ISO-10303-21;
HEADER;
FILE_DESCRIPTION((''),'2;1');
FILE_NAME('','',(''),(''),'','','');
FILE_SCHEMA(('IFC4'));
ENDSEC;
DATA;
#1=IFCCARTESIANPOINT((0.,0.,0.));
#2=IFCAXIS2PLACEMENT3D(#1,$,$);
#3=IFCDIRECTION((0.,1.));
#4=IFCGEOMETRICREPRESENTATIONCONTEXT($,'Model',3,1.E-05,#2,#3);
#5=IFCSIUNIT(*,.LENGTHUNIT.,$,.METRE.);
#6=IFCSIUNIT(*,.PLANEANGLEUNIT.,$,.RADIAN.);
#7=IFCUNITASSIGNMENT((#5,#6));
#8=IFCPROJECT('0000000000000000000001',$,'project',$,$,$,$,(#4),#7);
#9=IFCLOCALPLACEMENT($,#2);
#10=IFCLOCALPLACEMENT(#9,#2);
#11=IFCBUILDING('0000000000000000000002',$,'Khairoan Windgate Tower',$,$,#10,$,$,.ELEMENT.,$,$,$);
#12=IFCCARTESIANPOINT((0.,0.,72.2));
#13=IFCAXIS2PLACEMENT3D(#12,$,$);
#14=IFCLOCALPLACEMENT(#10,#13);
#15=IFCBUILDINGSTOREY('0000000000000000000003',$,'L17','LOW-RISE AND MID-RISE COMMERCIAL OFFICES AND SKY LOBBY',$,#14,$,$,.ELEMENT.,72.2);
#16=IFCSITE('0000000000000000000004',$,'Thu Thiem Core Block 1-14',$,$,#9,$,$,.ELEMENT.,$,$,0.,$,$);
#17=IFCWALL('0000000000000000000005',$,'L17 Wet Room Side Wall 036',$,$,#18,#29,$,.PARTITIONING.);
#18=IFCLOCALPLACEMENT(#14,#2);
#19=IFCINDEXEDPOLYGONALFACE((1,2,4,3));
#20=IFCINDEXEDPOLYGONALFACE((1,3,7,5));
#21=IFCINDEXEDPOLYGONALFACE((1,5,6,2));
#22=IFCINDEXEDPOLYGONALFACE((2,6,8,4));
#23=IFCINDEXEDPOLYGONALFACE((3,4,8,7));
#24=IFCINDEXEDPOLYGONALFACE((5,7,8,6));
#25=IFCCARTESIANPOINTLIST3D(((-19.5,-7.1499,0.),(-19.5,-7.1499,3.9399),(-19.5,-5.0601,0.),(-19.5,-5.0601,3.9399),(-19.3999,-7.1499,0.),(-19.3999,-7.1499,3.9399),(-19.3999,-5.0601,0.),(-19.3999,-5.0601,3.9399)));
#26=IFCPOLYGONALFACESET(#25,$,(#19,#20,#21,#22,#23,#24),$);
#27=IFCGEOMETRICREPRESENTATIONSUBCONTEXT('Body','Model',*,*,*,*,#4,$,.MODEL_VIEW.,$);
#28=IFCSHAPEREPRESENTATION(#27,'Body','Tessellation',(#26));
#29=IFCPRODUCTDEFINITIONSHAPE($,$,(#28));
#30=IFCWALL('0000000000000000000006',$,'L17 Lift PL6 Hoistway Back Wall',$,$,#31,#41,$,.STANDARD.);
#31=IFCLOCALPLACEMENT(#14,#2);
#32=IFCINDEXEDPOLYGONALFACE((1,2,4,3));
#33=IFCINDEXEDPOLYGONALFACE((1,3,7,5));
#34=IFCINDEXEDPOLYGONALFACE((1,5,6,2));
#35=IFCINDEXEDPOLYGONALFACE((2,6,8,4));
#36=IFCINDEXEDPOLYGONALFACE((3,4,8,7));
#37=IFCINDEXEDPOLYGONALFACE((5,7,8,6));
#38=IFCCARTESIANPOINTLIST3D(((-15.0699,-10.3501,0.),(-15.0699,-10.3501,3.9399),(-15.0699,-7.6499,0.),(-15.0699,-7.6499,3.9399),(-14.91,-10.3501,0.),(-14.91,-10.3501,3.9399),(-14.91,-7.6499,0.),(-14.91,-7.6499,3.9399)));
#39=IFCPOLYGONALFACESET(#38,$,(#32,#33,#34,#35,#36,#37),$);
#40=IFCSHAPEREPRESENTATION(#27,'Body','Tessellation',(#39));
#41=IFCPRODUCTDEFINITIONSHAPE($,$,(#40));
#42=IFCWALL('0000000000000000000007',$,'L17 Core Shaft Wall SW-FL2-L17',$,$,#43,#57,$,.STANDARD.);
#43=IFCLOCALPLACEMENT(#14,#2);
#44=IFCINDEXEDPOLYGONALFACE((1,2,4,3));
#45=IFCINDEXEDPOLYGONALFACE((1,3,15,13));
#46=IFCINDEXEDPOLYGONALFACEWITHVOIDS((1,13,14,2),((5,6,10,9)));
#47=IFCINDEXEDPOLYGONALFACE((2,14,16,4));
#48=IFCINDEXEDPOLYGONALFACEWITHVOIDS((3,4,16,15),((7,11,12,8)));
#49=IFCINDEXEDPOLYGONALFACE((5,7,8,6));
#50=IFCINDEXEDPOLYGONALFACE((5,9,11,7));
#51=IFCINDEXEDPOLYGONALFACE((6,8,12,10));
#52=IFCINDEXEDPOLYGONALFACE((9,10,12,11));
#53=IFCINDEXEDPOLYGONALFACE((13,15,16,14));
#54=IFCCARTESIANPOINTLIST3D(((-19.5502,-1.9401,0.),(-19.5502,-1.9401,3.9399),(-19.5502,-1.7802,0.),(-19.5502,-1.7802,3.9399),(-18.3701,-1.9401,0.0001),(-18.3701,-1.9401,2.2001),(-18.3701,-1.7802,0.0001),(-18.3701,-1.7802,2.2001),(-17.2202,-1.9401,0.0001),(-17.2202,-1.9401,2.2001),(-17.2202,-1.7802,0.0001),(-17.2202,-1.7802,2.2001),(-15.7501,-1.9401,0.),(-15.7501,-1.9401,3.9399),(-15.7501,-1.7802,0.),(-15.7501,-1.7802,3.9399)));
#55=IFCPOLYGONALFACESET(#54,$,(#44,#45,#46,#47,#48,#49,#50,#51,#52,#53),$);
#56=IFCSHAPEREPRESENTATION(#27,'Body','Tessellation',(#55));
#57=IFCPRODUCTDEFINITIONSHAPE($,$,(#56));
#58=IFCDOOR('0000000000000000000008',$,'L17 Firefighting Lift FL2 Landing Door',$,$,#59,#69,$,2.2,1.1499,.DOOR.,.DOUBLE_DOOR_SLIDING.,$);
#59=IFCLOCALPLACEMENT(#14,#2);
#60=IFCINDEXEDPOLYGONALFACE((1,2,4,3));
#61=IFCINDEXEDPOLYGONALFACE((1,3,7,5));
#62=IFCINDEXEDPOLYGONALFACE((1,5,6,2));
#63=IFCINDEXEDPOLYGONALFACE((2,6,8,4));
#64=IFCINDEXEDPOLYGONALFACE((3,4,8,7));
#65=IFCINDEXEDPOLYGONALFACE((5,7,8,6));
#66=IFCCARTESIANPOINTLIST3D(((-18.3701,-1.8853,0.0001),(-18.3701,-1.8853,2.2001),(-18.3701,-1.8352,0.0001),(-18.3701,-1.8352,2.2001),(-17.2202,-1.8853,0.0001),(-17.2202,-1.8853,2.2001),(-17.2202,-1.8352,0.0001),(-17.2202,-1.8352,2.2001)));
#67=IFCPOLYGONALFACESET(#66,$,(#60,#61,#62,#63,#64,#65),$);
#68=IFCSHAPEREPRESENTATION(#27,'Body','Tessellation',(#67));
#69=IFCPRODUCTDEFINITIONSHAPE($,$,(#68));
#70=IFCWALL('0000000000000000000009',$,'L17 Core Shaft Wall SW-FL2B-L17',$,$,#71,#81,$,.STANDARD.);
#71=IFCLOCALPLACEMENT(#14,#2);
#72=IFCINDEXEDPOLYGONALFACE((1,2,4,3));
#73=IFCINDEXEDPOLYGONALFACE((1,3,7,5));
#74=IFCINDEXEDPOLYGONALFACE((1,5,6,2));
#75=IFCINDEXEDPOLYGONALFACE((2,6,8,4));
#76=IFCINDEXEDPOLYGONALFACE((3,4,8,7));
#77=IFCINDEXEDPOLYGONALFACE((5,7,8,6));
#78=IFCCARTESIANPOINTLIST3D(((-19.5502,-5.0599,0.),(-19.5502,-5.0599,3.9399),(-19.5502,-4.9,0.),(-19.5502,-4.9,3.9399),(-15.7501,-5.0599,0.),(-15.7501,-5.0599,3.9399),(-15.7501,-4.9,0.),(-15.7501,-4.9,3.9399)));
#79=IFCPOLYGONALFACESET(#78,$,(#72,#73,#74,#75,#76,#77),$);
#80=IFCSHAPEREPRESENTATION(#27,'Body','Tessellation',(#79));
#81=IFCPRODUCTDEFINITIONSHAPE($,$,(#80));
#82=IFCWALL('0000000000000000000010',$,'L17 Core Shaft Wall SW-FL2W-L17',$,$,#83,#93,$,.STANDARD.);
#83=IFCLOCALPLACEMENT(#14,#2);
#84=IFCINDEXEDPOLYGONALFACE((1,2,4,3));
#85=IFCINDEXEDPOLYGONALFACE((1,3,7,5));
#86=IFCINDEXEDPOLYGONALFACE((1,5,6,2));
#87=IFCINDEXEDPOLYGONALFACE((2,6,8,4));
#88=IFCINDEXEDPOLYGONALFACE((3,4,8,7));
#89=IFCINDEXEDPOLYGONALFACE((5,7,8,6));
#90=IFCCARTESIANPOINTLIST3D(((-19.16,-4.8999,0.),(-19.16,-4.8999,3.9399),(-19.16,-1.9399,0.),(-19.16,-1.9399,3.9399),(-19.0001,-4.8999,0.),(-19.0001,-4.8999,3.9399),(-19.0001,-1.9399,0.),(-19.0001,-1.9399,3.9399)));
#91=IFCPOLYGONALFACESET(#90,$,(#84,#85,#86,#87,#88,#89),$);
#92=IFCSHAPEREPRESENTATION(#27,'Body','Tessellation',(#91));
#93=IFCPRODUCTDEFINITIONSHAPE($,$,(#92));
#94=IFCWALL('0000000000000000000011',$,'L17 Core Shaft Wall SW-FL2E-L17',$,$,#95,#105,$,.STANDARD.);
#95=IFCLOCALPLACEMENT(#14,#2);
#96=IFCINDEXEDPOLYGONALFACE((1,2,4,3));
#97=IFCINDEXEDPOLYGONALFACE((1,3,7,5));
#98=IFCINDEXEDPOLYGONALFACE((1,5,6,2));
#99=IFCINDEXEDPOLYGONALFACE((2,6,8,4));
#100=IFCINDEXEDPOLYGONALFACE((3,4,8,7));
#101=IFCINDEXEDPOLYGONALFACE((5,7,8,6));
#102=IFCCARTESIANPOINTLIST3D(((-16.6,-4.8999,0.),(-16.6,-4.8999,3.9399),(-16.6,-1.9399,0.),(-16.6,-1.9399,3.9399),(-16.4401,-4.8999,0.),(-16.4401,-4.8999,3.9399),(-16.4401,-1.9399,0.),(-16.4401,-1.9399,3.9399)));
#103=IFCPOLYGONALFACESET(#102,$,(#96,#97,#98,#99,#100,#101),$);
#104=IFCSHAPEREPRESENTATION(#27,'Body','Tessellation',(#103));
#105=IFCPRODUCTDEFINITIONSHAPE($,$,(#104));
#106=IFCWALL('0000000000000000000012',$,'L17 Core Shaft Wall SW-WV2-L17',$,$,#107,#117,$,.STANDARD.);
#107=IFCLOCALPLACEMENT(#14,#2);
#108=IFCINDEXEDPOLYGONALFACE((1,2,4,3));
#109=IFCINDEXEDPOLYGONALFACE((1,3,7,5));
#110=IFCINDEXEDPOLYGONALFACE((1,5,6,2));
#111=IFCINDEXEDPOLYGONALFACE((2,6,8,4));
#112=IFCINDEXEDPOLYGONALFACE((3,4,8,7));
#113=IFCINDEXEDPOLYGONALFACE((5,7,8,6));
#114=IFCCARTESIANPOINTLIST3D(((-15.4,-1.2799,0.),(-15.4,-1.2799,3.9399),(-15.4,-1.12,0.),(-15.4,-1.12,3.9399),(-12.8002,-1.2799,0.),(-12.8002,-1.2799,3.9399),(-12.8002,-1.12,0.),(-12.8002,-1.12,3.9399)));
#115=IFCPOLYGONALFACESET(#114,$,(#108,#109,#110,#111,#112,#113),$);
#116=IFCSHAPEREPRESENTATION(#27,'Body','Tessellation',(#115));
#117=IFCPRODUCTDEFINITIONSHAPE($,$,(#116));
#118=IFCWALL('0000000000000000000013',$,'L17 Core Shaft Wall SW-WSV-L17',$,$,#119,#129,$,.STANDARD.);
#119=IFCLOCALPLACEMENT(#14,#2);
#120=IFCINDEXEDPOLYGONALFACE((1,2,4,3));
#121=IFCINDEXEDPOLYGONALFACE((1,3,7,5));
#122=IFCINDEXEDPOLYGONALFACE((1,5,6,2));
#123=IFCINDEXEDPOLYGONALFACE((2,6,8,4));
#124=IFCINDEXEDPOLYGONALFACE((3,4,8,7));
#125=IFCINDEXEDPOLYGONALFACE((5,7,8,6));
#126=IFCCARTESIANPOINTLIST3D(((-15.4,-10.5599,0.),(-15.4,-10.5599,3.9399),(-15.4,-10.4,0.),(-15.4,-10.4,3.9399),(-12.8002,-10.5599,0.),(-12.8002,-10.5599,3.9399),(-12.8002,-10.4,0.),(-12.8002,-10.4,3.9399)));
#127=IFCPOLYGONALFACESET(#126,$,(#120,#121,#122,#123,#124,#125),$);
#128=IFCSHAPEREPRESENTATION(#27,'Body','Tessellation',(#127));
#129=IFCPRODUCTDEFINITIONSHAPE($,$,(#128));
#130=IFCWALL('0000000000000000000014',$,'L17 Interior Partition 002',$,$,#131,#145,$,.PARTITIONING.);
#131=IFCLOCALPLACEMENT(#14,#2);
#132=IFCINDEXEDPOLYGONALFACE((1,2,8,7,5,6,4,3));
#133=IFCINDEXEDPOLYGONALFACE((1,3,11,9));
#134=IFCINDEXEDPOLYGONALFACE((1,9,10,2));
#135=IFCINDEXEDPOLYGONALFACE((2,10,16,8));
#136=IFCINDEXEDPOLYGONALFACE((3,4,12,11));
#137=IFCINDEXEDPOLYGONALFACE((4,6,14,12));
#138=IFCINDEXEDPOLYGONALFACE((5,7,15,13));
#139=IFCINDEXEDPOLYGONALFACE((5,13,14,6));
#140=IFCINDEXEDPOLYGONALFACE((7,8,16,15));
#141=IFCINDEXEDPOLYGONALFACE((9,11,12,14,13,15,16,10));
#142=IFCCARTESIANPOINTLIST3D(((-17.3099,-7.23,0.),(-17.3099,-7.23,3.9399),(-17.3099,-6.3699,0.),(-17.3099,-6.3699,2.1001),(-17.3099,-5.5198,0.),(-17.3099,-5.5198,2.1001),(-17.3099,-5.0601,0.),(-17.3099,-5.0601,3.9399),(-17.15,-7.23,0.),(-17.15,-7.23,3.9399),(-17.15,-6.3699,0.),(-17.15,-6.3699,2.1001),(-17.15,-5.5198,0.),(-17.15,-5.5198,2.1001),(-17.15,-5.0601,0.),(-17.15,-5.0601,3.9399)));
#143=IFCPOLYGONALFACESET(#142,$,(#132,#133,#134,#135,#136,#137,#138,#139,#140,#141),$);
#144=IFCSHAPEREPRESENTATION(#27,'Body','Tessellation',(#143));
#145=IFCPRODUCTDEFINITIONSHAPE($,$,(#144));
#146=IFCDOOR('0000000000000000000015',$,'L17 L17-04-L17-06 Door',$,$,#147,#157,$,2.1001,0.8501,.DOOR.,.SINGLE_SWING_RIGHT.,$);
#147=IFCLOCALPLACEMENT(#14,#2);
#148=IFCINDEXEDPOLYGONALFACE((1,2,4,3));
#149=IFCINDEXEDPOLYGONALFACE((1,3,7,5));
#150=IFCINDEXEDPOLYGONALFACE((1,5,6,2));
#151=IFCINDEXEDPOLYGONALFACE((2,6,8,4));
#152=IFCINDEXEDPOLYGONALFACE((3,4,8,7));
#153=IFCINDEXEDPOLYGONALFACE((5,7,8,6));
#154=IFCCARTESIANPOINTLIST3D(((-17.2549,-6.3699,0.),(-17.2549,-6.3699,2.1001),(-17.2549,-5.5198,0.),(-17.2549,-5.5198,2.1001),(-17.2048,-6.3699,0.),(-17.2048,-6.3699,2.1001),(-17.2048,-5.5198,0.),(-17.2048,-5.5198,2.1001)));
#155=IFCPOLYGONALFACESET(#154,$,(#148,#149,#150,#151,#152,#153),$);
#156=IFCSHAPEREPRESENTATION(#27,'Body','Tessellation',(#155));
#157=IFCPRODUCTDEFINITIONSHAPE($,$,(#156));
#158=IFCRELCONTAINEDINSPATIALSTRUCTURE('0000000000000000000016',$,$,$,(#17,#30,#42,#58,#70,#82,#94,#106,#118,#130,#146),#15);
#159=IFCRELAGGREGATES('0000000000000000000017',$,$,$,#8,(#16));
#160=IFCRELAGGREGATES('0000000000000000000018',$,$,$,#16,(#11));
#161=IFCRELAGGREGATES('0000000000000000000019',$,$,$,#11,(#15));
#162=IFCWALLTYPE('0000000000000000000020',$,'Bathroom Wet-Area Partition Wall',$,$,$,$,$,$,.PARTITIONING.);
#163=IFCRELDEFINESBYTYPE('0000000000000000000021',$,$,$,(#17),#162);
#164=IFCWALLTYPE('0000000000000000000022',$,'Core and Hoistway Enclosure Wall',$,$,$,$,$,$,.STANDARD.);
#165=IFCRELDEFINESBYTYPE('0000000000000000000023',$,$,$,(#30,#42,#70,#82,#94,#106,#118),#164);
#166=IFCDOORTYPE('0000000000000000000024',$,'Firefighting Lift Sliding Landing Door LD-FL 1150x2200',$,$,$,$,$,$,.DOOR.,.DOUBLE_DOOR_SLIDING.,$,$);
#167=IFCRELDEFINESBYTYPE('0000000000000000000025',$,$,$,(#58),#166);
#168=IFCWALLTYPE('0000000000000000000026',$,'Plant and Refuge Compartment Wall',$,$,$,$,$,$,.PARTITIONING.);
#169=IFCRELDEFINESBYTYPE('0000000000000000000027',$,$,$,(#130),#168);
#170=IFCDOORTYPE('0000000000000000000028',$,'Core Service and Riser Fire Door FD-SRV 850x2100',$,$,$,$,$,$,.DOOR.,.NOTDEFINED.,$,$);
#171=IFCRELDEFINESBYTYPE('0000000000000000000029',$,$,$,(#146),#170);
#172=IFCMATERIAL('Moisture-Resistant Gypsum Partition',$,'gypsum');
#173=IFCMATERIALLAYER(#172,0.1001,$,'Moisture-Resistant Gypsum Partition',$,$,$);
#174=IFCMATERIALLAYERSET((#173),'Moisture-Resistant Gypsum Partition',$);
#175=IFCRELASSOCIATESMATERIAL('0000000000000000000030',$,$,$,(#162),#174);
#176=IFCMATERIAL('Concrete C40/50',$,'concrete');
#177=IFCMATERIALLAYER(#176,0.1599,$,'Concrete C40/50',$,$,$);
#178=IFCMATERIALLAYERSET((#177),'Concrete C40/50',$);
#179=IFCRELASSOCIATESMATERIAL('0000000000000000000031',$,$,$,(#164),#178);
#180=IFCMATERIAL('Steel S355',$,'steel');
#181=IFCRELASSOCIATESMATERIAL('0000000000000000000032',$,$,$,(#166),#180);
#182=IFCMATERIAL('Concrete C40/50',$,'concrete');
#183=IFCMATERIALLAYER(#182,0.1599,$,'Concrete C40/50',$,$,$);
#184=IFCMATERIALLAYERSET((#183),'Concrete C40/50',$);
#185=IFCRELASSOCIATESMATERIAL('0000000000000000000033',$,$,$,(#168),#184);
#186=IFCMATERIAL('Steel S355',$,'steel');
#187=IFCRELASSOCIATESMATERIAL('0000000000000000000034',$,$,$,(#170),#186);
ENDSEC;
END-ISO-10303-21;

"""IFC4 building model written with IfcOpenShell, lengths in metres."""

from ifc_helpers import new_model, si_unit, direction, frame, frame_2d, origin, place, context, subcontext, project, spatial, rectangle, extrude, material, layer, layer_set, type_object, element, fill, save


model = new_model("IFC4")

# Units and contexts
model_context = context("Model", 3, precision=1e-05, world=origin(), true_north=direction((0.0, 1.0)))
body_context = subcontext(model_context, "Body", "Model", "MODEL_VIEW")
ifc_project = project(units=[si_unit("LENGTHUNIT", "METRE"), si_unit("PLANEANGLEUNIT", "RADIAN")], contexts=[model_context])

# Site, building, storey
site_placement = place(None, origin())
site = spatial("IfcSite", under=ifc_project, at=site_placement, Name="Thu Thiem Core Block 1-14", CompositionType="ELEMENT", RefElevation=0.0)
building_placement = place(site_placement, origin())
building = spatial("IfcBuilding", under=site, at=building_placement, Name="Khairoan Windgate Tower", CompositionType="ELEMENT")
storey_placement = place(building_placement, frame((0.0, 0.0, 72.2)))
storey = spatial("IfcBuildingStorey", under=building, at=storey_placement, Name="L17", Description="LOW-RISE AND MID-RISE COMMERCIAL OFFICES AND SKY LOBBY", CompositionType="ELEMENT", Elevation=72.2)

# Walls
ifc_material_1 = material(Name="Moisture-Resistant Gypsum Partition", Category="gypsum")
ifc_layer_1 = layer(ifc_material_1, 0.1001, Name="Moisture-Resistant Gypsum Partition")
ifc_layer_set_1 = layer_set([ifc_layer_1], Name="Moisture-Resistant Gypsum Partition")
wall_type_1 = type_object("IfcWallType", Name="Bathroom Wet-Area Partition Wall", PredefinedType="PARTITIONING", material=ifc_layer_set_1)
wall_1_placement = place(storey_placement, frame((-19.45, -7.1499, 0.0), z_axis=(0.0, 0.0, 1.0), x_axis=(0.0, 1.0, 0.0)))
element("IfcWall", 1, at=wall_1_placement, inside=storey, type_object=wall_type_1, Name="L17 Wet Room Side Wall 036", PredefinedType="PARTITIONING", context=body_context, shape_type="SweptSolid", body=[
    extrude(rectangle(XDim=2.0898, YDim=0.1001, at=frame_2d((1.0449, 0.0))), origin(), (0.0, 0.0, 1.0), 3.9399),
])
ifc_material_2 = material(Name="Concrete C40/50", Category="concrete")
ifc_layer_2 = layer(ifc_material_2, 0.1599, Name="Concrete C40/50")
ifc_layer_set_2 = layer_set([ifc_layer_2], Name="Concrete C40/50")
wall_type_2 = type_object("IfcWallType", Name="Core and Hoistway Enclosure Wall", PredefinedType="STANDARD", material=ifc_layer_set_2)
wall_2_placement = place(storey_placement, frame((-14.99, -10.3501, 0.0), z_axis=(0.0, 0.0, 1.0), x_axis=(0.0, 1.0, 0.0)))
element("IfcWall", 2, at=wall_2_placement, inside=storey, type_object=wall_type_2, Name="L17 Lift PL6 Hoistway Back Wall", PredefinedType="STANDARD", context=body_context, shape_type="SweptSolid", body=[
    extrude(rectangle(XDim=2.7002, YDim=0.1599, at=frame_2d((1.3501, 0.0))), origin(), (0.0, 0.0, 1.0), 3.9399),
])

# Wall, opening, door
wall_3_placement = place(storey_placement, frame((-19.55, -1.8601, 0.0), z_axis=(0.0, 0.0, 1.0), x_axis=(1.0, 0.0, 0.0)))
wall_3 = element("IfcWall", 3, at=wall_3_placement, inside=storey, type_object=wall_type_2, Name="L17 Core Shaft Wall SW-FL2-L17", PredefinedType="STANDARD", context=body_context, shape_type="SweptSolid", body=[
    extrude(rectangle(XDim=3.8, YDim=0.1599, at=frame_2d((1.8999, 0.0))), origin(), (0.0, 0.0, 1.0), 3.9399),
])
opening_1_placement = place(wall_3_placement, frame((1.1799, 0.0, 0.0)))
opening_1 = element("IfcOpeningElement", 4, at=opening_1_placement, cuts=wall_3, PredefinedType="OPENING", context=body_context, shape_type="SweptSolid", body=[
    extrude(rectangle(XDim=1.1499, YDim=2.2, at=frame_2d((0.575, 1.1001))), frame((0.0, 0.0898, 0.0), z_axis=(0.0, -1.0, 0.0), x_axis=(1.0, 0.0, 0.0)), (0.0, 0.0, 1.0), 0.1799),
])
ifc_material_3 = material(Name="Steel S355", Category="steel")
door_type_1 = type_object("IfcDoorType", Name="Firefighting Lift Sliding Landing Door LD-FL 1150x2200", OperationType="DOUBLE_DOOR_SLIDING", PredefinedType="DOOR", material=ifc_material_3)
door_1_placement = place(opening_1_placement, origin())
door_1 = element("IfcDoor", 5, at=door_1_placement, inside=storey, type_object=door_type_1, Name="L17 Firefighting Lift FL2 Landing Door", OperationType="DOUBLE_DOOR_SLIDING", OverallHeight=2.2, OverallWidth=1.1499, PredefinedType="DOOR", context=body_context, shape_type="SweptSolid", body=[
    extrude(rectangle(XDim=1.1499, YDim=2.2, at=frame_2d((0.575, 1.1001))), frame((0.0, 0.0249, 0.0), z_axis=(0.0, -1.0, 0.0), x_axis=(1.0, 0.0, 0.0)), (0.0, 0.0, 1.0), 0.05),
])
fill(opening_1, door_1)

# Walls
wall_4_placement = place(storey_placement, frame((-19.55, -4.98, 0.0), z_axis=(0.0, 0.0, 1.0), x_axis=(1.0, 0.0, 0.0)))
element("IfcWall", 6, at=wall_4_placement, inside=storey, type_object=wall_type_2, Name="L17 Core Shaft Wall SW-FL2B-L17", PredefinedType="STANDARD", context=body_context, shape_type="SweptSolid", body=[
    extrude(rectangle(XDim=3.8, YDim=0.1599, at=frame_2d((1.8999, 0.0))), origin(), (0.0, 0.0, 1.0), 3.9399),
])
for number, where, z_axis, x_axis, name in (
    (7, (-19.0801, -4.8999, 0.0), (0.0, 0.0, 1.0), (0.0, 1.0, 0.0), "L17 Core Shaft Wall SW-FL2W-L17"),
    (8, (-16.52, -4.8999, 0.0), (0.0, 0.0, 1.0), (0.0, 1.0, 0.0), "L17 Core Shaft Wall SW-FL2E-L17"),
):
    element("IfcWall", number, at=place(storey_placement, frame(where, z_axis=z_axis, x_axis=x_axis)), inside=storey, type_object=wall_type_2, Name=name, PredefinedType="STANDARD", context=body_context, shape_type="SweptSolid", body=[
        extrude(rectangle(XDim=2.96, YDim=0.1599, at=frame_2d((1.48, 0.0))), origin(), (0.0, 0.0, 1.0), 3.9399),
    ])
for number, where, z_axis, x_axis, name in (
    (9, (-15.3999, -1.2, 0.0), (0.0, 0.0, 1.0), (1.0, 0.0, 0.0), "L17 Core Shaft Wall SW-WV2-L17"),
    (10, (-15.3999, -10.48, 0.0), (0.0, 0.0, 1.0), (1.0, 0.0, 0.0), "L17 Core Shaft Wall SW-WSV-L17"),
):
    element("IfcWall", number, at=place(storey_placement, frame(where, z_axis=z_axis, x_axis=x_axis)), inside=storey, type_object=wall_type_2, Name=name, PredefinedType="STANDARD", context=body_context, shape_type="SweptSolid", body=[
        extrude(rectangle(XDim=2.5999, YDim=0.1599, at=frame_2d((1.2998, 0.0))), origin(), (0.0, 0.0, 1.0), 3.9399),
    ])

# Wall, opening, door
ifc_material_4 = material(Name="Concrete C40/50", Category="concrete")
ifc_layer_3 = layer(ifc_material_4, 0.1599, Name="Concrete C40/50")
ifc_layer_set_3 = layer_set([ifc_layer_3], Name="Concrete C40/50")
wall_type_3 = type_object("IfcWallType", Name="Plant and Refuge Compartment Wall", PredefinedType="PARTITIONING", material=ifc_layer_set_3)
wall_5_placement = place(storey_placement, frame((-17.23, -7.23, 0.0), z_axis=(0.0, 0.0, 1.0), x_axis=(0.0, 1.0, 0.0)))
wall_5 = element("IfcWall", 11, at=wall_5_placement, inside=storey, type_object=wall_type_3, Name="L17 Interior Partition 002", PredefinedType="PARTITIONING", context=body_context, shape_type="SweptSolid", body=[
    extrude(rectangle(XDim=2.1699, YDim=0.1599, at=frame_2d((1.085, 0.0))), origin(), (0.0, 0.0, 1.0), 3.9399),
])
opening_2_placement = place(wall_5_placement, frame((0.8601, 0.0, 0.0)))
opening_2 = element("IfcOpeningElement", 12, at=opening_2_placement, cuts=wall_5, PredefinedType="OPENING", context=body_context, shape_type="SweptSolid", body=[
    extrude(rectangle(XDim=0.8501, YDim=2.1001, at=frame_2d((0.425, 1.05))), frame((0.0, 0.0898, 0.0), z_axis=(0.0, -1.0, 0.0), x_axis=(1.0, 0.0, 0.0)), (0.0, 0.0, 1.0), 0.1799),
])
ifc_material_5 = material(Name="Steel S355", Category="steel")
door_type_2 = type_object("IfcDoorType", Name="Core Service and Riser Fire Door FD-SRV 850x2100", OperationType="NOTDEFINED", PredefinedType="DOOR", material=ifc_material_5)
door_2_placement = place(opening_2_placement, origin())
door_2 = element("IfcDoor", 13, at=door_2_placement, inside=storey, type_object=door_type_2, Name="L17 L17-04-L17-06 Door", OperationType="SINGLE_SWING_RIGHT", OverallHeight=2.1001, OverallWidth=0.8501, PredefinedType="DOOR", context=body_context, shape_type="SweptSolid", body=[
    extrude(rectangle(XDim=0.8501, YDim=2.1001, at=frame_2d((0.425, 1.05))), frame((0.0, 0.0249, 0.0), z_axis=(0.0, -1.0, 0.0), x_axis=(1.0, 0.0, 0.0)), (0.0, 0.0, 1.0), 0.05),
])
fill(opening_2, door_2)

save(model, "model.ifc")
